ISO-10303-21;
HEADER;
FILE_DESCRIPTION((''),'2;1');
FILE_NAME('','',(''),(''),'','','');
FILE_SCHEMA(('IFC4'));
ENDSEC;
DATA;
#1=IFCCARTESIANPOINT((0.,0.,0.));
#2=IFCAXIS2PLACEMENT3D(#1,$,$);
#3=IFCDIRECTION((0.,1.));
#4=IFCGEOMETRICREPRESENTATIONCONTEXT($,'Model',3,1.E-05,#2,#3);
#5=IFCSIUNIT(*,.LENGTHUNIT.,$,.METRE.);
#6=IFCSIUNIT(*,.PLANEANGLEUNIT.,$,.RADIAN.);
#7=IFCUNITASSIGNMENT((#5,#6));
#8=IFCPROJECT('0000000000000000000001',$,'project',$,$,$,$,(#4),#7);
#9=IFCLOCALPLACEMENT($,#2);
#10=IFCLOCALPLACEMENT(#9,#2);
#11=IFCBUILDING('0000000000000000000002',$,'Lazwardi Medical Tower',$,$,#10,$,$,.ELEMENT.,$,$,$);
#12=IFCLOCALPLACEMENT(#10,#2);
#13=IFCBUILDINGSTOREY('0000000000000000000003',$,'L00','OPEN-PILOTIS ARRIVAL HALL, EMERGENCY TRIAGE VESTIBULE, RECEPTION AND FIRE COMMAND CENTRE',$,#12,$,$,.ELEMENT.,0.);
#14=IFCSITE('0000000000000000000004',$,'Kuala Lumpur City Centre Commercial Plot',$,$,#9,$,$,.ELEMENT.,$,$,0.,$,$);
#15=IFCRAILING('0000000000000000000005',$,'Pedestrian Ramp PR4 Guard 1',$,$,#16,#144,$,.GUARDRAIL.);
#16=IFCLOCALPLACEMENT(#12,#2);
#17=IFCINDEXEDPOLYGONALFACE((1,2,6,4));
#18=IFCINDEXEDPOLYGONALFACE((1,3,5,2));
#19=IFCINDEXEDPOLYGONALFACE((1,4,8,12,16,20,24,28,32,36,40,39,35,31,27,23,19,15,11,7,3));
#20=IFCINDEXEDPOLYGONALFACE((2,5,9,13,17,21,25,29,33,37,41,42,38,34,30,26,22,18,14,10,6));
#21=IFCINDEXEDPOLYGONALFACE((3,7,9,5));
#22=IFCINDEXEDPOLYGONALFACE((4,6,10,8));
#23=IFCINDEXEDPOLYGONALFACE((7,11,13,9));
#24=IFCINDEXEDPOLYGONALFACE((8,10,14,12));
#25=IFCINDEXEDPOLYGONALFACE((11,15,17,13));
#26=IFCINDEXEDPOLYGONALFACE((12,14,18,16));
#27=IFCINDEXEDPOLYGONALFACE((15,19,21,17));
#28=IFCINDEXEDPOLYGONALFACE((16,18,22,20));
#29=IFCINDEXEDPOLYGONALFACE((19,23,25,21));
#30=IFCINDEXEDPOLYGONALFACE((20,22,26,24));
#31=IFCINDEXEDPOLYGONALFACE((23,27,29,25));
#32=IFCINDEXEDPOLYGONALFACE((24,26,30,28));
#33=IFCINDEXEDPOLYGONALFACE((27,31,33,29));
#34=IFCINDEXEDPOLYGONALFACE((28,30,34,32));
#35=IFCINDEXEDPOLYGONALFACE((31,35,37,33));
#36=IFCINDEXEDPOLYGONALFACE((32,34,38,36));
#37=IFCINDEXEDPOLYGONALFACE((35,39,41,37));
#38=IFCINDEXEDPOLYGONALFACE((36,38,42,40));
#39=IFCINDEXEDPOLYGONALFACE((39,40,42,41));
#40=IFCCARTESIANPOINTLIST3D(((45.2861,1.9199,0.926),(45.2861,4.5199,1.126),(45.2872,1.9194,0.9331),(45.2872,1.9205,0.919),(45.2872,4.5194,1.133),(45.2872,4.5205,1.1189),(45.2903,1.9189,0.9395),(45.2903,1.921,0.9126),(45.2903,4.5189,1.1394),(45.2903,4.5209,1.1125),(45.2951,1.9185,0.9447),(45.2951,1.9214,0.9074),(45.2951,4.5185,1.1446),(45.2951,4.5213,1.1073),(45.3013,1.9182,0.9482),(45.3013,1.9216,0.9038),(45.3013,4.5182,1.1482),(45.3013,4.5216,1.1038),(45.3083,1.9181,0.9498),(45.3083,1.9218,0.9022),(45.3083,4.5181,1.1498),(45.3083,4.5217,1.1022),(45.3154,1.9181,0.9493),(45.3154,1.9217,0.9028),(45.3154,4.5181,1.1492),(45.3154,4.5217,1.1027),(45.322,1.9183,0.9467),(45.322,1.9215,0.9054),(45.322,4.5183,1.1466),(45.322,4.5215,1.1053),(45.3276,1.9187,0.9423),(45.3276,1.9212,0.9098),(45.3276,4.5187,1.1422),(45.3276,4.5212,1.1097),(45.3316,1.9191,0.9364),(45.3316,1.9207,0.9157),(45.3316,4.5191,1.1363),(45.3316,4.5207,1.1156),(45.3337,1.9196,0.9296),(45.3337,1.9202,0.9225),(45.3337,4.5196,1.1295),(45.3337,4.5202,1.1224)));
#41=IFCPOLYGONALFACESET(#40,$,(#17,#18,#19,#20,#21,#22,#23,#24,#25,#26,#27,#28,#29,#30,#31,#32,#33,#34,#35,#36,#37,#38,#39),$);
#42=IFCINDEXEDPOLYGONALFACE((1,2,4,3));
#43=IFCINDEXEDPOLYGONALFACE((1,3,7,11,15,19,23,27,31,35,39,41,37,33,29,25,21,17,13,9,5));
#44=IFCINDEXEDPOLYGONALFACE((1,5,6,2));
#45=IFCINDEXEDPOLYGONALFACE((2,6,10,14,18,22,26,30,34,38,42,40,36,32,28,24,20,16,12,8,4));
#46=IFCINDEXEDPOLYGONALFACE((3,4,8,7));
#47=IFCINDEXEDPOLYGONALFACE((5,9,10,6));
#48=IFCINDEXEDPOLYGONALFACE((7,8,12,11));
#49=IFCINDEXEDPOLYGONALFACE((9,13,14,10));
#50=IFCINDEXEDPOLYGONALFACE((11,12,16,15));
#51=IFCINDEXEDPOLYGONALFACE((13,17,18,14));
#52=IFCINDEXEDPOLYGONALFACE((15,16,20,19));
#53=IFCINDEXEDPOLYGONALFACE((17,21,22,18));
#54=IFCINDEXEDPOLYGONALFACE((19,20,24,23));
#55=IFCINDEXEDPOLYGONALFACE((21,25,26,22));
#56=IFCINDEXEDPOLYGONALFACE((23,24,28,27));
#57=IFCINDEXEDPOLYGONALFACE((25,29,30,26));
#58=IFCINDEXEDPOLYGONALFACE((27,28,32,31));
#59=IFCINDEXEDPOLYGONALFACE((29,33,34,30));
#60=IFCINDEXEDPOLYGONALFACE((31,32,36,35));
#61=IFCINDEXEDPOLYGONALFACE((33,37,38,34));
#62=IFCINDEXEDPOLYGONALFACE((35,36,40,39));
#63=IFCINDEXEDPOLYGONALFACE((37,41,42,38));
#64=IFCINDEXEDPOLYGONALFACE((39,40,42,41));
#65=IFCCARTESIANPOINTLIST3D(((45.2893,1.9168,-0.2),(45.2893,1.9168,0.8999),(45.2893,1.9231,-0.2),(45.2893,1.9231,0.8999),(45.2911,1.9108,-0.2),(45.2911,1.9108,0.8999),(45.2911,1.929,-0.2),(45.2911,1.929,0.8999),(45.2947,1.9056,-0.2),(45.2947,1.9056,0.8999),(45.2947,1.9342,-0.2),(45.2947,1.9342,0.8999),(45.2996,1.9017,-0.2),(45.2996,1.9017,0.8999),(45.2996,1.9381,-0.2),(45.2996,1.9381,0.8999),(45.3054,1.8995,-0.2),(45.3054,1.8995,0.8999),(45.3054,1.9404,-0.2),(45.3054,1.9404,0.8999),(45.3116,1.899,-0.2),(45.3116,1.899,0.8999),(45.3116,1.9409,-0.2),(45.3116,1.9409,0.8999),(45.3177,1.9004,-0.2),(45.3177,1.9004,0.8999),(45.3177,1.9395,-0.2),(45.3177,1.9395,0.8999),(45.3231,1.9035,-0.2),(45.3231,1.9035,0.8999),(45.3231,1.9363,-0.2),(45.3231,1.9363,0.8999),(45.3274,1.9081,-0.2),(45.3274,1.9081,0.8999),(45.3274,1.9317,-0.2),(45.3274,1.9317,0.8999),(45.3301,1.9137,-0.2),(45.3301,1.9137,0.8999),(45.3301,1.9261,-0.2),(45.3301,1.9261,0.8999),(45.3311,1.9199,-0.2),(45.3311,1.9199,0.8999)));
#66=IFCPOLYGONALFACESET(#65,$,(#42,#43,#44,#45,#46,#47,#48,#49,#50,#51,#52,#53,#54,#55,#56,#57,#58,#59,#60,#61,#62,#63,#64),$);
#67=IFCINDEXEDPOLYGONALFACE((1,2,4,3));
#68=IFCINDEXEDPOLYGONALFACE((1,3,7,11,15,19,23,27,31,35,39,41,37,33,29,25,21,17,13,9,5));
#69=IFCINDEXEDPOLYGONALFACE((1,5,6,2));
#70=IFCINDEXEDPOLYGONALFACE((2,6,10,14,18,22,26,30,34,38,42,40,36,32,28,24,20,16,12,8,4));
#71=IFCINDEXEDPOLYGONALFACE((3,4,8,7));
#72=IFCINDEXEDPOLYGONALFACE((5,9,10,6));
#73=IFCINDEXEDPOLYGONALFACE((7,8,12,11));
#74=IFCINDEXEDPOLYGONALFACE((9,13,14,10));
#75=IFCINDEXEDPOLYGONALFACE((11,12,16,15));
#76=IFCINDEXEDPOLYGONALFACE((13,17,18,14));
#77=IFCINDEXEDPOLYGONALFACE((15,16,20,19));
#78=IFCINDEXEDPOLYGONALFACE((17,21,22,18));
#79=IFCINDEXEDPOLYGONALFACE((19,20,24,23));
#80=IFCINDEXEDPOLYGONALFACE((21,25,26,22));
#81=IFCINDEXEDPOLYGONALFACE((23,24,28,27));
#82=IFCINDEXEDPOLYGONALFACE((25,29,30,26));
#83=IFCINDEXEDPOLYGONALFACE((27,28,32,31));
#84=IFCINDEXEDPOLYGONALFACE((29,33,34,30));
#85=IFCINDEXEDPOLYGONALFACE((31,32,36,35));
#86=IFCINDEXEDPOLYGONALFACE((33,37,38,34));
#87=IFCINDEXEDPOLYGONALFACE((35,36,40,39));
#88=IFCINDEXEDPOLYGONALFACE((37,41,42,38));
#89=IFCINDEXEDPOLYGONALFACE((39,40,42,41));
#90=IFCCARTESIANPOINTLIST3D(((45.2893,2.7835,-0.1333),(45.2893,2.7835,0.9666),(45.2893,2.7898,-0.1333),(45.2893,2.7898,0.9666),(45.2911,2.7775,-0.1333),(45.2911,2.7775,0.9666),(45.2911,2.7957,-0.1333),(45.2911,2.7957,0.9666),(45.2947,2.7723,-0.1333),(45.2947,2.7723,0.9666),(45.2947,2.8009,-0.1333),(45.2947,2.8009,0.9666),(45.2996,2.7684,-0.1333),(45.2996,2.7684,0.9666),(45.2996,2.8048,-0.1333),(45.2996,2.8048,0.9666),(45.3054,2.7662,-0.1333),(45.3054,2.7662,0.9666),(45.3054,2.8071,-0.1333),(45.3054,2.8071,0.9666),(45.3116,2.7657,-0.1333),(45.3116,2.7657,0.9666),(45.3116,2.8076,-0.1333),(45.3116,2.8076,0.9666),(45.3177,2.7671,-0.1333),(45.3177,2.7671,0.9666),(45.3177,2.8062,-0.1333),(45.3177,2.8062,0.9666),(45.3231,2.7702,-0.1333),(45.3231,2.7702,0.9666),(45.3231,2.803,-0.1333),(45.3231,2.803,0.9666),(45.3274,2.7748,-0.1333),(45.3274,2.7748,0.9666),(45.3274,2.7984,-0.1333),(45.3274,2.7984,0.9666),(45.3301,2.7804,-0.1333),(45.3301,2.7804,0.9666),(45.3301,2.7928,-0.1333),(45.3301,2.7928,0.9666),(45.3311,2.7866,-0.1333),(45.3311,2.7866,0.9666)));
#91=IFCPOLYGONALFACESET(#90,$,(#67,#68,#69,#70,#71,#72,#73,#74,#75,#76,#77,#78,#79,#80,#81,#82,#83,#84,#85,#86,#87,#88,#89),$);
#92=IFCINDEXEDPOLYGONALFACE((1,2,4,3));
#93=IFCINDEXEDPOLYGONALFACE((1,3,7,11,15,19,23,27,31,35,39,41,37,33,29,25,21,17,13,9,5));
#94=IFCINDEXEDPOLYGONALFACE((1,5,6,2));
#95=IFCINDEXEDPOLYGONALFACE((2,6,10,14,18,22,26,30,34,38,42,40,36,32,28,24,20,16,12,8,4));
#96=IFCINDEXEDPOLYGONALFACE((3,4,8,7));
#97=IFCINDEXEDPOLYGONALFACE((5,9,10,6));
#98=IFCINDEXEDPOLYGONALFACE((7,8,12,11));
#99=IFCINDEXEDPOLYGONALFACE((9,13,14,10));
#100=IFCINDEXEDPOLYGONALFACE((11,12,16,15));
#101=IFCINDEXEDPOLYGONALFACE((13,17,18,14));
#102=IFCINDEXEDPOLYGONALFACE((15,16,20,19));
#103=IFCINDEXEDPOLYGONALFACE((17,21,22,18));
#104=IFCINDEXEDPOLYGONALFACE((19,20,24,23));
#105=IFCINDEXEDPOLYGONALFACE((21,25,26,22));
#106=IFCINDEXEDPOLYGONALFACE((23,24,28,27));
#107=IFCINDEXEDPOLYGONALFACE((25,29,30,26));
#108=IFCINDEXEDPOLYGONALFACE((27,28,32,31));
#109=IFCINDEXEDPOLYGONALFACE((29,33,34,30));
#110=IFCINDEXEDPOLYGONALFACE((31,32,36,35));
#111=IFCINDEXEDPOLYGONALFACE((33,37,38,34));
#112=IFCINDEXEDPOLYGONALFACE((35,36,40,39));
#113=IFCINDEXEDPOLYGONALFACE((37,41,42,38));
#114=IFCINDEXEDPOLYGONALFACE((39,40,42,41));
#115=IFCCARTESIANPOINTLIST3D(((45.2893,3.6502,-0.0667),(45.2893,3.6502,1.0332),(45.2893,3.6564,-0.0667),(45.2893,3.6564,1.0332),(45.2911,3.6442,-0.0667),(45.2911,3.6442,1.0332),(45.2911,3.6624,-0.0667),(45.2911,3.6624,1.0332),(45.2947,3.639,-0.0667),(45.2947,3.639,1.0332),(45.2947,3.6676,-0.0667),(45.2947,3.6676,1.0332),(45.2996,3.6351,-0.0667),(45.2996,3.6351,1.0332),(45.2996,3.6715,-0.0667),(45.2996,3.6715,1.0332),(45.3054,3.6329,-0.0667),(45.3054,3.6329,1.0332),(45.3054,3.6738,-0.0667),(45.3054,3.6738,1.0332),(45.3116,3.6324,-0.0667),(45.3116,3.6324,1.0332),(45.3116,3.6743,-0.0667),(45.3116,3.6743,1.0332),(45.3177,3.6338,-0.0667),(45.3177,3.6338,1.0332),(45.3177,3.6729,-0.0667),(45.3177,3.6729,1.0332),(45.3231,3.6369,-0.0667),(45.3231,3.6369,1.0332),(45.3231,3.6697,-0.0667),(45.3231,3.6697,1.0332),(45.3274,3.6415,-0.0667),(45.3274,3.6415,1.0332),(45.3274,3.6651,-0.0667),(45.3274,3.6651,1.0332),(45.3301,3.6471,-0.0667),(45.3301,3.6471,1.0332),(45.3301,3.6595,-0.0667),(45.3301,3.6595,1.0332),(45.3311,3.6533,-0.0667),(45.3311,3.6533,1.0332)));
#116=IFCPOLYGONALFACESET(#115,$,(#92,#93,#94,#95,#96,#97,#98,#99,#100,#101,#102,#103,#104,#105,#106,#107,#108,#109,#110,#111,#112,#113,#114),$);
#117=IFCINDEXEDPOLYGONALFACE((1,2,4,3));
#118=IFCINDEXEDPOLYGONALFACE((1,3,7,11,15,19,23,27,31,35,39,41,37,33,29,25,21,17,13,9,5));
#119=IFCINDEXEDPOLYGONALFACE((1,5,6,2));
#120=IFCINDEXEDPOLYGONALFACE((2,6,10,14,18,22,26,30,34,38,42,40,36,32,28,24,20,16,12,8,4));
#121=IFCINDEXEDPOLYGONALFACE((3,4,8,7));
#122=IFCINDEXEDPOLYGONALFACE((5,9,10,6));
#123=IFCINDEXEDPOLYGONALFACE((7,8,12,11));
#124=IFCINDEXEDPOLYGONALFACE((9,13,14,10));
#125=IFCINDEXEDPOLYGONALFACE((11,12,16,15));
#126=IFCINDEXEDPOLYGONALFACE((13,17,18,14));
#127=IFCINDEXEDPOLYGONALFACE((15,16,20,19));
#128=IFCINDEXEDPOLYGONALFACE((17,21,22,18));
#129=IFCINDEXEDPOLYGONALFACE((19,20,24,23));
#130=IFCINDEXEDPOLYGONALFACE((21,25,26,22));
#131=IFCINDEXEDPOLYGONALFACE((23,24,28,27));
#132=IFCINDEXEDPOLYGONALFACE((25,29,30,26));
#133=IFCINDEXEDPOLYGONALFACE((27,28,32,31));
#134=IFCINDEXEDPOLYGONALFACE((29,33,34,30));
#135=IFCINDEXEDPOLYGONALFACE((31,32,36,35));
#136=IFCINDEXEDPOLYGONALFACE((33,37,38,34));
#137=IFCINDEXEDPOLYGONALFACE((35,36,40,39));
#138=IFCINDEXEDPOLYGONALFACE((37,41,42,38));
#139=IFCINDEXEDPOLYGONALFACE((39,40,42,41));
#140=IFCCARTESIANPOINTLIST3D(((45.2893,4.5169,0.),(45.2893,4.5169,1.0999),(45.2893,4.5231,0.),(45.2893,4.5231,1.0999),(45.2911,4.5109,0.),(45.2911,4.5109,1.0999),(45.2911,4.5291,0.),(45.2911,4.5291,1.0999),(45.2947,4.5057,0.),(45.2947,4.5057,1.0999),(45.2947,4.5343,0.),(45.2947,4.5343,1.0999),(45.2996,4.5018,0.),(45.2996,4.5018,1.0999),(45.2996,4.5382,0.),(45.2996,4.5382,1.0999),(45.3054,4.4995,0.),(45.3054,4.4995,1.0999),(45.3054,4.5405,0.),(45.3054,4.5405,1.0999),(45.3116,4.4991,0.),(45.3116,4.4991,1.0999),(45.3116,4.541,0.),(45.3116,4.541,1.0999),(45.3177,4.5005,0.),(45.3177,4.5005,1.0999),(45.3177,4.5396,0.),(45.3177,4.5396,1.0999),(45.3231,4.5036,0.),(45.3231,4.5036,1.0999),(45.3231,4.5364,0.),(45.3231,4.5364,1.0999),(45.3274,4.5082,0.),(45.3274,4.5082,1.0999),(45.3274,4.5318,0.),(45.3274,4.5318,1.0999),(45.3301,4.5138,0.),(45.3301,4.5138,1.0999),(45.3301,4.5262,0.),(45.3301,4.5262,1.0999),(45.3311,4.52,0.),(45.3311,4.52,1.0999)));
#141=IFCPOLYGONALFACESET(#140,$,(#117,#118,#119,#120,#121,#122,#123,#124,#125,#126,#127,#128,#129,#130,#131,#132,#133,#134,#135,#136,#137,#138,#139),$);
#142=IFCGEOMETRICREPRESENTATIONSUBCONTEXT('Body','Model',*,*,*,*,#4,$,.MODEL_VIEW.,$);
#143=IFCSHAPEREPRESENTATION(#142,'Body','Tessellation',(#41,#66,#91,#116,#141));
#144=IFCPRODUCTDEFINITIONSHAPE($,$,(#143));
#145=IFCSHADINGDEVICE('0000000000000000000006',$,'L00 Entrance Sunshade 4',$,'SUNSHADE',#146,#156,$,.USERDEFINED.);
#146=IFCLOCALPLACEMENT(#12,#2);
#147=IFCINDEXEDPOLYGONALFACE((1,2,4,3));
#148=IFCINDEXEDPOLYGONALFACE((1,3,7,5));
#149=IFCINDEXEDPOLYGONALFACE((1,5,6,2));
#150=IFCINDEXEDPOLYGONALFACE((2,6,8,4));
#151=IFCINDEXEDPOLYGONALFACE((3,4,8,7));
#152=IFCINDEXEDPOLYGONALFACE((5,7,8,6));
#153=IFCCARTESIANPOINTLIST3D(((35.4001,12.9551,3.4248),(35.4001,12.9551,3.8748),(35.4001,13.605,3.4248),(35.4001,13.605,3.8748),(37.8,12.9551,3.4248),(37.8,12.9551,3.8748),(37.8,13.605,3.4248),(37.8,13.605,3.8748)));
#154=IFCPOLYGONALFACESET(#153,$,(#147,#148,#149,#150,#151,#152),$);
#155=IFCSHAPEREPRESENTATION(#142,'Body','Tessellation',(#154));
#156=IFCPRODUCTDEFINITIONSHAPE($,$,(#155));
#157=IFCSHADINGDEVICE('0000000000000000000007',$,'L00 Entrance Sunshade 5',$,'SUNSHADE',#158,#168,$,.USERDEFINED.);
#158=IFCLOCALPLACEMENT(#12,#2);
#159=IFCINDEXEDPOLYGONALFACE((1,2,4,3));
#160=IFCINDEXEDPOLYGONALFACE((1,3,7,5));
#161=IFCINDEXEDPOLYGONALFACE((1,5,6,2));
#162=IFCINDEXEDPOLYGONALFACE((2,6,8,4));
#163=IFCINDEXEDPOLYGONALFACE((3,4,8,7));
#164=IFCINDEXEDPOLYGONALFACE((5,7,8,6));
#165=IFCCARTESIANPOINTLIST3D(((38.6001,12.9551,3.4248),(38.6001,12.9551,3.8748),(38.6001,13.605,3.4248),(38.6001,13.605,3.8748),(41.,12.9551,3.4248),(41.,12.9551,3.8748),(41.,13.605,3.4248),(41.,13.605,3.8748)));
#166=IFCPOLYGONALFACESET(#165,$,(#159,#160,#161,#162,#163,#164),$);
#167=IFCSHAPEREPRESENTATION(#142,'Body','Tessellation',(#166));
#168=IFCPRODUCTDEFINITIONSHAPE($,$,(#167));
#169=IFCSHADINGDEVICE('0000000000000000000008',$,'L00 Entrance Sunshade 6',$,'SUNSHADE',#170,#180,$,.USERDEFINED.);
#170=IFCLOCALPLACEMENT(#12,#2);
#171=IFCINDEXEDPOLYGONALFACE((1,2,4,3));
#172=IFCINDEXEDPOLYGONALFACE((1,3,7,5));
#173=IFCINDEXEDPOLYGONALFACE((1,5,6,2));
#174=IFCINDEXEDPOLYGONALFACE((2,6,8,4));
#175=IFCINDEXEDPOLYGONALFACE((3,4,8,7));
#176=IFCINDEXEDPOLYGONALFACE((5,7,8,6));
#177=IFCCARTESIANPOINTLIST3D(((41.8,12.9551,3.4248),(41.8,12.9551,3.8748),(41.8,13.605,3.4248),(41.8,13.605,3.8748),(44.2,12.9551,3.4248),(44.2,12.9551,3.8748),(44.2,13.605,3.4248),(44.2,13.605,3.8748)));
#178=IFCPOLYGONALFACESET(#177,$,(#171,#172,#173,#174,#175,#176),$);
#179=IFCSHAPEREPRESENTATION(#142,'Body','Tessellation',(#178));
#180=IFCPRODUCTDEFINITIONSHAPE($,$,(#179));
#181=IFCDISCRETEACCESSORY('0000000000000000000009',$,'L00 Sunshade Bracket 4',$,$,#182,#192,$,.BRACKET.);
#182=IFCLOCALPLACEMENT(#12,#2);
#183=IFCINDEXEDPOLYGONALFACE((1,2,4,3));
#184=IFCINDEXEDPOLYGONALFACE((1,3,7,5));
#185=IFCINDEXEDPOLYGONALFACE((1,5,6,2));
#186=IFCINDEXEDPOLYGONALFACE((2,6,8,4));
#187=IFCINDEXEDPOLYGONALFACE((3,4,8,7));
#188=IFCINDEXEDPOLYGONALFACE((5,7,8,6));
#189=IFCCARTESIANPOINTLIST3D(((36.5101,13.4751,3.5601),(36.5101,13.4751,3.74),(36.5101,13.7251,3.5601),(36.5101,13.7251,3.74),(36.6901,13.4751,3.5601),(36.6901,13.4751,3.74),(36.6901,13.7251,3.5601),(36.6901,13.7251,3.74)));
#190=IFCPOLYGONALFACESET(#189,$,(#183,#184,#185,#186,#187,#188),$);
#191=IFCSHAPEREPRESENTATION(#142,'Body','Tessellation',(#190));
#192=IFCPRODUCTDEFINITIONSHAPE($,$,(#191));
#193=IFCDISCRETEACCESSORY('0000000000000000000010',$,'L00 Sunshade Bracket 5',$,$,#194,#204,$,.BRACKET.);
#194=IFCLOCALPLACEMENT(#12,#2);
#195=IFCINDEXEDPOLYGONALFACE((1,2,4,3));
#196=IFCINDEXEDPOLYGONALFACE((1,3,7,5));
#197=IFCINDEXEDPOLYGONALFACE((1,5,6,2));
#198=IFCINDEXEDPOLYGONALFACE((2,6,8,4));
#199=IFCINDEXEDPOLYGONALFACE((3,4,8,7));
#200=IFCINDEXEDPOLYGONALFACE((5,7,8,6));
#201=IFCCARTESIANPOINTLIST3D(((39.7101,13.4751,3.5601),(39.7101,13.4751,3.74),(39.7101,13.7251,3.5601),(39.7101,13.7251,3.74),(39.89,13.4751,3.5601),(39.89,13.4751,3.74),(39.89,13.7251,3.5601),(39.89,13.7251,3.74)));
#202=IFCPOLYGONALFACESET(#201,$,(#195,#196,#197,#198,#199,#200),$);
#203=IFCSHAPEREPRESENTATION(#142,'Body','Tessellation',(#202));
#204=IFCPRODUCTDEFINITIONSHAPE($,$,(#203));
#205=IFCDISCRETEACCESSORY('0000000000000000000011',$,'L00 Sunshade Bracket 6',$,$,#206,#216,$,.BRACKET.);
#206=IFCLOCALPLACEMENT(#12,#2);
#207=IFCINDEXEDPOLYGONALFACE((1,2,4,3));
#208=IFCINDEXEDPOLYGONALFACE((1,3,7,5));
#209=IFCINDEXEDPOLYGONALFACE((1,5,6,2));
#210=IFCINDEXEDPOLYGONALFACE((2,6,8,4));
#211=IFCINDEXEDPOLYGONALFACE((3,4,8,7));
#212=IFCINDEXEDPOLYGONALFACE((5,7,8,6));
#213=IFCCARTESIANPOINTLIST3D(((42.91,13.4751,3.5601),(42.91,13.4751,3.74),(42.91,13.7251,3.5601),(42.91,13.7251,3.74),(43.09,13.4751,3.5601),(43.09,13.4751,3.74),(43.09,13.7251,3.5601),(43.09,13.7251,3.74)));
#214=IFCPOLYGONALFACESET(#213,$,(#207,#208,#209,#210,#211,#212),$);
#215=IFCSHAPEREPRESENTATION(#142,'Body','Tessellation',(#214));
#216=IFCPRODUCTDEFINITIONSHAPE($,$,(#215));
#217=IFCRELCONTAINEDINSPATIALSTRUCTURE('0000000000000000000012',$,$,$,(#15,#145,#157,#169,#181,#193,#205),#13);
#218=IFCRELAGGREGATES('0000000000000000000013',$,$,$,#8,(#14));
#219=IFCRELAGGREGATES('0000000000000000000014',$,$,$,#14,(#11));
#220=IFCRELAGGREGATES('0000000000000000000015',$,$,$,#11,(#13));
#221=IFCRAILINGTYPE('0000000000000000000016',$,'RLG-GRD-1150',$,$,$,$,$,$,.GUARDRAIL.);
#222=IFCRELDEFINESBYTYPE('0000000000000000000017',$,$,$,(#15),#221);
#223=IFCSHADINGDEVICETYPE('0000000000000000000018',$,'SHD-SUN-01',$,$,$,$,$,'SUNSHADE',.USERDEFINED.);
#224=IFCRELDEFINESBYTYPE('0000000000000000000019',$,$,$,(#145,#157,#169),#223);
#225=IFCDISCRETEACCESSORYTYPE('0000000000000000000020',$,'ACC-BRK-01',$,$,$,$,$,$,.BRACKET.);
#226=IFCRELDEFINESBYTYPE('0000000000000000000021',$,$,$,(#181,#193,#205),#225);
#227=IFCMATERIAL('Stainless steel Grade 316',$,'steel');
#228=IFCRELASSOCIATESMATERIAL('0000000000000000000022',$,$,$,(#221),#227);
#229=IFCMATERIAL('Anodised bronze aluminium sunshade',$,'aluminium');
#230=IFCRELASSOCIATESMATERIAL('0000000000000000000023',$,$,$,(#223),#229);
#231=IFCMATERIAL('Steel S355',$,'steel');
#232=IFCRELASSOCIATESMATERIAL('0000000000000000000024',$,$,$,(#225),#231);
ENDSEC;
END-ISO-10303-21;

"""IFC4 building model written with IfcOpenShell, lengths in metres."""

from ifc_helpers import new_model, si_unit, direction, frame, origin, origin_2d, place, context, subcontext, project, spatial, rectangle, circle, extrude, material, type_object, element, save


model = new_model("IFC4")

# Units and contexts
model_context = context("Model", 3, precision=1e-05, world=origin(), true_north=direction((0.0, 1.0)))
body_context = subcontext(model_context, "Body", "Model", "MODEL_VIEW")
ifc_project = project(units=[si_unit("LENGTHUNIT", "METRE"), si_unit("PLANEANGLEUNIT", "RADIAN")], contexts=[model_context])

# Site, building, storey
site_placement = place(None, origin())
site = spatial("IfcSite", under=ifc_project, at=site_placement, Name="Kuala Lumpur City Centre Commercial Plot", CompositionType="ELEMENT", RefElevation=0.0)
building_placement = place(site_placement, origin())
building = spatial("IfcBuilding", under=site, at=building_placement, Name="Lazwardi Medical Tower", CompositionType="ELEMENT")
storey_placement = place(building_placement, origin())
storey = spatial("IfcBuildingStorey", under=building, at=storey_placement, Name="L00", Description="OPEN-PILOTIS ARRIVAL HALL, EMERGENCY TRIAGE VESTIBULE, RECEPTION AND FIRE COMMAND CENTRE", CompositionType="ELEMENT", Elevation=0.0)

# Shared definitions
ifc_material_1 = material(Name="Steel S355", Category="steel")

# Railing
ifc_material_2 = material(Name="Stainless steel Grade 316", Category="steel")
railing_type = type_object("IfcRailingType", Name="RLG-GRD-1150", PredefinedType="GUARDRAIL", material=ifc_material_2)
for number, where, name in (
    (1, (45.3101, 1.9199, -0.2), "Pedestrian Ramp PR4 Guard 1"),
):
    element("IfcRailing", number, at=place(storey_placement, frame(where)), inside=storey, type_object=railing_type, Name=name, PredefinedType="GUARDRAIL", context=body_context, shape_type="SweptSolid", body=[
        extrude(circle(Radius=0.0239, at=origin_2d()), frame((0.0, 0.0, 1.126), z_axis=(0.0, 0.997056, 0.076675), x_axis=(-1.0, 0.0, 0.0)), (0.0, 0.0, 1.0), 2.6077),
        extrude(circle(Radius=0.021, at=origin_2d()), origin(), (0.0, 0.0, 1.0), 1.0999),
        extrude(circle(Radius=0.021, at=origin_2d()), frame((0.0, 0.8667, 0.0667)), (0.0, 0.0, 1.0), 1.0999),
        extrude(circle(Radius=0.021, at=origin_2d()), frame((0.0, 1.7334, 0.1333)), (0.0, 0.0, 1.0), 1.0999),
        extrude(circle(Radius=0.021, at=origin_2d()), frame((0.0, 2.6001, 0.2)), (0.0, 0.0, 1.0), 1.0999),
    ])

# Shading devices
ifc_material_3 = material(Name="Anodised bronze aluminium sunshade", Category="aluminium")
shading_device_type = type_object("IfcShadingDeviceType", Name="SHD-SUN-01", ElementType="SUNSHADE", PredefinedType="USERDEFINED", material=ifc_material_3)
for number, where, z_axis, x_axis, name in (
    (2, (36.6001, 13.28, 3.4248), (0.0, 0.0, 1.0), (1.0, 0.0, 0.0), "L00 Entrance Sunshade 4"),
    (3, (39.8, 13.28, 3.4248), (0.0, 0.0, 1.0), (1.0, 0.0, 0.0), "L00 Entrance Sunshade 5"),
    (4, (43.0, 13.28, 3.4248), (0.0, 0.0, 1.0), (1.0, 0.0, 0.0), "L00 Entrance Sunshade 6"),
):
    element("IfcShadingDevice", number, at=place(storey_placement, frame(where, z_axis=z_axis, x_axis=x_axis)), inside=storey, type_object=shading_device_type, Name=name, ObjectType="SUNSHADE", PredefinedType="USERDEFINED", context=body_context, shape_type="SweptSolid", body=[
        extrude(rectangle(XDim=2.3999, YDim=0.6499, at=origin_2d()), origin(), (0.0, 0.0, 1.0), 0.45),
    ])

# Discrete accessories
discrete_accessory_type = type_object("IfcDiscreteAccessoryType", Name="ACC-BRK-01", PredefinedType="BRACKET", material=ifc_material_1)
for number, where, z_axis, x_axis, name in (
    (5, (36.6001, 13.6001, 3.5601), (0.0, 0.0, 1.0), (1.0, 0.0, 0.0), "L00 Sunshade Bracket 4"),
    (6, (39.8, 13.6001, 3.5601), (0.0, 0.0, 1.0), (1.0, 0.0, 0.0), "L00 Sunshade Bracket 5"),
    (7, (43.0, 13.6001, 3.5601), (0.0, 0.0, 1.0), (1.0, 0.0, 0.0), "L00 Sunshade Bracket 6"),
):
    element("IfcDiscreteAccessory", number, at=place(storey_placement, frame(where, z_axis=z_axis, x_axis=x_axis)), inside=storey, type_object=discrete_accessory_type, Name=name, PredefinedType="BRACKET", context=body_context, shape_type="SweptSolid", body=[
        extrude(rectangle(XDim=0.1799, YDim=0.25, at=origin_2d()), origin(), (0.0, 0.0, 1.0), 0.1799),
    ])

save(model, "model.ifc")
